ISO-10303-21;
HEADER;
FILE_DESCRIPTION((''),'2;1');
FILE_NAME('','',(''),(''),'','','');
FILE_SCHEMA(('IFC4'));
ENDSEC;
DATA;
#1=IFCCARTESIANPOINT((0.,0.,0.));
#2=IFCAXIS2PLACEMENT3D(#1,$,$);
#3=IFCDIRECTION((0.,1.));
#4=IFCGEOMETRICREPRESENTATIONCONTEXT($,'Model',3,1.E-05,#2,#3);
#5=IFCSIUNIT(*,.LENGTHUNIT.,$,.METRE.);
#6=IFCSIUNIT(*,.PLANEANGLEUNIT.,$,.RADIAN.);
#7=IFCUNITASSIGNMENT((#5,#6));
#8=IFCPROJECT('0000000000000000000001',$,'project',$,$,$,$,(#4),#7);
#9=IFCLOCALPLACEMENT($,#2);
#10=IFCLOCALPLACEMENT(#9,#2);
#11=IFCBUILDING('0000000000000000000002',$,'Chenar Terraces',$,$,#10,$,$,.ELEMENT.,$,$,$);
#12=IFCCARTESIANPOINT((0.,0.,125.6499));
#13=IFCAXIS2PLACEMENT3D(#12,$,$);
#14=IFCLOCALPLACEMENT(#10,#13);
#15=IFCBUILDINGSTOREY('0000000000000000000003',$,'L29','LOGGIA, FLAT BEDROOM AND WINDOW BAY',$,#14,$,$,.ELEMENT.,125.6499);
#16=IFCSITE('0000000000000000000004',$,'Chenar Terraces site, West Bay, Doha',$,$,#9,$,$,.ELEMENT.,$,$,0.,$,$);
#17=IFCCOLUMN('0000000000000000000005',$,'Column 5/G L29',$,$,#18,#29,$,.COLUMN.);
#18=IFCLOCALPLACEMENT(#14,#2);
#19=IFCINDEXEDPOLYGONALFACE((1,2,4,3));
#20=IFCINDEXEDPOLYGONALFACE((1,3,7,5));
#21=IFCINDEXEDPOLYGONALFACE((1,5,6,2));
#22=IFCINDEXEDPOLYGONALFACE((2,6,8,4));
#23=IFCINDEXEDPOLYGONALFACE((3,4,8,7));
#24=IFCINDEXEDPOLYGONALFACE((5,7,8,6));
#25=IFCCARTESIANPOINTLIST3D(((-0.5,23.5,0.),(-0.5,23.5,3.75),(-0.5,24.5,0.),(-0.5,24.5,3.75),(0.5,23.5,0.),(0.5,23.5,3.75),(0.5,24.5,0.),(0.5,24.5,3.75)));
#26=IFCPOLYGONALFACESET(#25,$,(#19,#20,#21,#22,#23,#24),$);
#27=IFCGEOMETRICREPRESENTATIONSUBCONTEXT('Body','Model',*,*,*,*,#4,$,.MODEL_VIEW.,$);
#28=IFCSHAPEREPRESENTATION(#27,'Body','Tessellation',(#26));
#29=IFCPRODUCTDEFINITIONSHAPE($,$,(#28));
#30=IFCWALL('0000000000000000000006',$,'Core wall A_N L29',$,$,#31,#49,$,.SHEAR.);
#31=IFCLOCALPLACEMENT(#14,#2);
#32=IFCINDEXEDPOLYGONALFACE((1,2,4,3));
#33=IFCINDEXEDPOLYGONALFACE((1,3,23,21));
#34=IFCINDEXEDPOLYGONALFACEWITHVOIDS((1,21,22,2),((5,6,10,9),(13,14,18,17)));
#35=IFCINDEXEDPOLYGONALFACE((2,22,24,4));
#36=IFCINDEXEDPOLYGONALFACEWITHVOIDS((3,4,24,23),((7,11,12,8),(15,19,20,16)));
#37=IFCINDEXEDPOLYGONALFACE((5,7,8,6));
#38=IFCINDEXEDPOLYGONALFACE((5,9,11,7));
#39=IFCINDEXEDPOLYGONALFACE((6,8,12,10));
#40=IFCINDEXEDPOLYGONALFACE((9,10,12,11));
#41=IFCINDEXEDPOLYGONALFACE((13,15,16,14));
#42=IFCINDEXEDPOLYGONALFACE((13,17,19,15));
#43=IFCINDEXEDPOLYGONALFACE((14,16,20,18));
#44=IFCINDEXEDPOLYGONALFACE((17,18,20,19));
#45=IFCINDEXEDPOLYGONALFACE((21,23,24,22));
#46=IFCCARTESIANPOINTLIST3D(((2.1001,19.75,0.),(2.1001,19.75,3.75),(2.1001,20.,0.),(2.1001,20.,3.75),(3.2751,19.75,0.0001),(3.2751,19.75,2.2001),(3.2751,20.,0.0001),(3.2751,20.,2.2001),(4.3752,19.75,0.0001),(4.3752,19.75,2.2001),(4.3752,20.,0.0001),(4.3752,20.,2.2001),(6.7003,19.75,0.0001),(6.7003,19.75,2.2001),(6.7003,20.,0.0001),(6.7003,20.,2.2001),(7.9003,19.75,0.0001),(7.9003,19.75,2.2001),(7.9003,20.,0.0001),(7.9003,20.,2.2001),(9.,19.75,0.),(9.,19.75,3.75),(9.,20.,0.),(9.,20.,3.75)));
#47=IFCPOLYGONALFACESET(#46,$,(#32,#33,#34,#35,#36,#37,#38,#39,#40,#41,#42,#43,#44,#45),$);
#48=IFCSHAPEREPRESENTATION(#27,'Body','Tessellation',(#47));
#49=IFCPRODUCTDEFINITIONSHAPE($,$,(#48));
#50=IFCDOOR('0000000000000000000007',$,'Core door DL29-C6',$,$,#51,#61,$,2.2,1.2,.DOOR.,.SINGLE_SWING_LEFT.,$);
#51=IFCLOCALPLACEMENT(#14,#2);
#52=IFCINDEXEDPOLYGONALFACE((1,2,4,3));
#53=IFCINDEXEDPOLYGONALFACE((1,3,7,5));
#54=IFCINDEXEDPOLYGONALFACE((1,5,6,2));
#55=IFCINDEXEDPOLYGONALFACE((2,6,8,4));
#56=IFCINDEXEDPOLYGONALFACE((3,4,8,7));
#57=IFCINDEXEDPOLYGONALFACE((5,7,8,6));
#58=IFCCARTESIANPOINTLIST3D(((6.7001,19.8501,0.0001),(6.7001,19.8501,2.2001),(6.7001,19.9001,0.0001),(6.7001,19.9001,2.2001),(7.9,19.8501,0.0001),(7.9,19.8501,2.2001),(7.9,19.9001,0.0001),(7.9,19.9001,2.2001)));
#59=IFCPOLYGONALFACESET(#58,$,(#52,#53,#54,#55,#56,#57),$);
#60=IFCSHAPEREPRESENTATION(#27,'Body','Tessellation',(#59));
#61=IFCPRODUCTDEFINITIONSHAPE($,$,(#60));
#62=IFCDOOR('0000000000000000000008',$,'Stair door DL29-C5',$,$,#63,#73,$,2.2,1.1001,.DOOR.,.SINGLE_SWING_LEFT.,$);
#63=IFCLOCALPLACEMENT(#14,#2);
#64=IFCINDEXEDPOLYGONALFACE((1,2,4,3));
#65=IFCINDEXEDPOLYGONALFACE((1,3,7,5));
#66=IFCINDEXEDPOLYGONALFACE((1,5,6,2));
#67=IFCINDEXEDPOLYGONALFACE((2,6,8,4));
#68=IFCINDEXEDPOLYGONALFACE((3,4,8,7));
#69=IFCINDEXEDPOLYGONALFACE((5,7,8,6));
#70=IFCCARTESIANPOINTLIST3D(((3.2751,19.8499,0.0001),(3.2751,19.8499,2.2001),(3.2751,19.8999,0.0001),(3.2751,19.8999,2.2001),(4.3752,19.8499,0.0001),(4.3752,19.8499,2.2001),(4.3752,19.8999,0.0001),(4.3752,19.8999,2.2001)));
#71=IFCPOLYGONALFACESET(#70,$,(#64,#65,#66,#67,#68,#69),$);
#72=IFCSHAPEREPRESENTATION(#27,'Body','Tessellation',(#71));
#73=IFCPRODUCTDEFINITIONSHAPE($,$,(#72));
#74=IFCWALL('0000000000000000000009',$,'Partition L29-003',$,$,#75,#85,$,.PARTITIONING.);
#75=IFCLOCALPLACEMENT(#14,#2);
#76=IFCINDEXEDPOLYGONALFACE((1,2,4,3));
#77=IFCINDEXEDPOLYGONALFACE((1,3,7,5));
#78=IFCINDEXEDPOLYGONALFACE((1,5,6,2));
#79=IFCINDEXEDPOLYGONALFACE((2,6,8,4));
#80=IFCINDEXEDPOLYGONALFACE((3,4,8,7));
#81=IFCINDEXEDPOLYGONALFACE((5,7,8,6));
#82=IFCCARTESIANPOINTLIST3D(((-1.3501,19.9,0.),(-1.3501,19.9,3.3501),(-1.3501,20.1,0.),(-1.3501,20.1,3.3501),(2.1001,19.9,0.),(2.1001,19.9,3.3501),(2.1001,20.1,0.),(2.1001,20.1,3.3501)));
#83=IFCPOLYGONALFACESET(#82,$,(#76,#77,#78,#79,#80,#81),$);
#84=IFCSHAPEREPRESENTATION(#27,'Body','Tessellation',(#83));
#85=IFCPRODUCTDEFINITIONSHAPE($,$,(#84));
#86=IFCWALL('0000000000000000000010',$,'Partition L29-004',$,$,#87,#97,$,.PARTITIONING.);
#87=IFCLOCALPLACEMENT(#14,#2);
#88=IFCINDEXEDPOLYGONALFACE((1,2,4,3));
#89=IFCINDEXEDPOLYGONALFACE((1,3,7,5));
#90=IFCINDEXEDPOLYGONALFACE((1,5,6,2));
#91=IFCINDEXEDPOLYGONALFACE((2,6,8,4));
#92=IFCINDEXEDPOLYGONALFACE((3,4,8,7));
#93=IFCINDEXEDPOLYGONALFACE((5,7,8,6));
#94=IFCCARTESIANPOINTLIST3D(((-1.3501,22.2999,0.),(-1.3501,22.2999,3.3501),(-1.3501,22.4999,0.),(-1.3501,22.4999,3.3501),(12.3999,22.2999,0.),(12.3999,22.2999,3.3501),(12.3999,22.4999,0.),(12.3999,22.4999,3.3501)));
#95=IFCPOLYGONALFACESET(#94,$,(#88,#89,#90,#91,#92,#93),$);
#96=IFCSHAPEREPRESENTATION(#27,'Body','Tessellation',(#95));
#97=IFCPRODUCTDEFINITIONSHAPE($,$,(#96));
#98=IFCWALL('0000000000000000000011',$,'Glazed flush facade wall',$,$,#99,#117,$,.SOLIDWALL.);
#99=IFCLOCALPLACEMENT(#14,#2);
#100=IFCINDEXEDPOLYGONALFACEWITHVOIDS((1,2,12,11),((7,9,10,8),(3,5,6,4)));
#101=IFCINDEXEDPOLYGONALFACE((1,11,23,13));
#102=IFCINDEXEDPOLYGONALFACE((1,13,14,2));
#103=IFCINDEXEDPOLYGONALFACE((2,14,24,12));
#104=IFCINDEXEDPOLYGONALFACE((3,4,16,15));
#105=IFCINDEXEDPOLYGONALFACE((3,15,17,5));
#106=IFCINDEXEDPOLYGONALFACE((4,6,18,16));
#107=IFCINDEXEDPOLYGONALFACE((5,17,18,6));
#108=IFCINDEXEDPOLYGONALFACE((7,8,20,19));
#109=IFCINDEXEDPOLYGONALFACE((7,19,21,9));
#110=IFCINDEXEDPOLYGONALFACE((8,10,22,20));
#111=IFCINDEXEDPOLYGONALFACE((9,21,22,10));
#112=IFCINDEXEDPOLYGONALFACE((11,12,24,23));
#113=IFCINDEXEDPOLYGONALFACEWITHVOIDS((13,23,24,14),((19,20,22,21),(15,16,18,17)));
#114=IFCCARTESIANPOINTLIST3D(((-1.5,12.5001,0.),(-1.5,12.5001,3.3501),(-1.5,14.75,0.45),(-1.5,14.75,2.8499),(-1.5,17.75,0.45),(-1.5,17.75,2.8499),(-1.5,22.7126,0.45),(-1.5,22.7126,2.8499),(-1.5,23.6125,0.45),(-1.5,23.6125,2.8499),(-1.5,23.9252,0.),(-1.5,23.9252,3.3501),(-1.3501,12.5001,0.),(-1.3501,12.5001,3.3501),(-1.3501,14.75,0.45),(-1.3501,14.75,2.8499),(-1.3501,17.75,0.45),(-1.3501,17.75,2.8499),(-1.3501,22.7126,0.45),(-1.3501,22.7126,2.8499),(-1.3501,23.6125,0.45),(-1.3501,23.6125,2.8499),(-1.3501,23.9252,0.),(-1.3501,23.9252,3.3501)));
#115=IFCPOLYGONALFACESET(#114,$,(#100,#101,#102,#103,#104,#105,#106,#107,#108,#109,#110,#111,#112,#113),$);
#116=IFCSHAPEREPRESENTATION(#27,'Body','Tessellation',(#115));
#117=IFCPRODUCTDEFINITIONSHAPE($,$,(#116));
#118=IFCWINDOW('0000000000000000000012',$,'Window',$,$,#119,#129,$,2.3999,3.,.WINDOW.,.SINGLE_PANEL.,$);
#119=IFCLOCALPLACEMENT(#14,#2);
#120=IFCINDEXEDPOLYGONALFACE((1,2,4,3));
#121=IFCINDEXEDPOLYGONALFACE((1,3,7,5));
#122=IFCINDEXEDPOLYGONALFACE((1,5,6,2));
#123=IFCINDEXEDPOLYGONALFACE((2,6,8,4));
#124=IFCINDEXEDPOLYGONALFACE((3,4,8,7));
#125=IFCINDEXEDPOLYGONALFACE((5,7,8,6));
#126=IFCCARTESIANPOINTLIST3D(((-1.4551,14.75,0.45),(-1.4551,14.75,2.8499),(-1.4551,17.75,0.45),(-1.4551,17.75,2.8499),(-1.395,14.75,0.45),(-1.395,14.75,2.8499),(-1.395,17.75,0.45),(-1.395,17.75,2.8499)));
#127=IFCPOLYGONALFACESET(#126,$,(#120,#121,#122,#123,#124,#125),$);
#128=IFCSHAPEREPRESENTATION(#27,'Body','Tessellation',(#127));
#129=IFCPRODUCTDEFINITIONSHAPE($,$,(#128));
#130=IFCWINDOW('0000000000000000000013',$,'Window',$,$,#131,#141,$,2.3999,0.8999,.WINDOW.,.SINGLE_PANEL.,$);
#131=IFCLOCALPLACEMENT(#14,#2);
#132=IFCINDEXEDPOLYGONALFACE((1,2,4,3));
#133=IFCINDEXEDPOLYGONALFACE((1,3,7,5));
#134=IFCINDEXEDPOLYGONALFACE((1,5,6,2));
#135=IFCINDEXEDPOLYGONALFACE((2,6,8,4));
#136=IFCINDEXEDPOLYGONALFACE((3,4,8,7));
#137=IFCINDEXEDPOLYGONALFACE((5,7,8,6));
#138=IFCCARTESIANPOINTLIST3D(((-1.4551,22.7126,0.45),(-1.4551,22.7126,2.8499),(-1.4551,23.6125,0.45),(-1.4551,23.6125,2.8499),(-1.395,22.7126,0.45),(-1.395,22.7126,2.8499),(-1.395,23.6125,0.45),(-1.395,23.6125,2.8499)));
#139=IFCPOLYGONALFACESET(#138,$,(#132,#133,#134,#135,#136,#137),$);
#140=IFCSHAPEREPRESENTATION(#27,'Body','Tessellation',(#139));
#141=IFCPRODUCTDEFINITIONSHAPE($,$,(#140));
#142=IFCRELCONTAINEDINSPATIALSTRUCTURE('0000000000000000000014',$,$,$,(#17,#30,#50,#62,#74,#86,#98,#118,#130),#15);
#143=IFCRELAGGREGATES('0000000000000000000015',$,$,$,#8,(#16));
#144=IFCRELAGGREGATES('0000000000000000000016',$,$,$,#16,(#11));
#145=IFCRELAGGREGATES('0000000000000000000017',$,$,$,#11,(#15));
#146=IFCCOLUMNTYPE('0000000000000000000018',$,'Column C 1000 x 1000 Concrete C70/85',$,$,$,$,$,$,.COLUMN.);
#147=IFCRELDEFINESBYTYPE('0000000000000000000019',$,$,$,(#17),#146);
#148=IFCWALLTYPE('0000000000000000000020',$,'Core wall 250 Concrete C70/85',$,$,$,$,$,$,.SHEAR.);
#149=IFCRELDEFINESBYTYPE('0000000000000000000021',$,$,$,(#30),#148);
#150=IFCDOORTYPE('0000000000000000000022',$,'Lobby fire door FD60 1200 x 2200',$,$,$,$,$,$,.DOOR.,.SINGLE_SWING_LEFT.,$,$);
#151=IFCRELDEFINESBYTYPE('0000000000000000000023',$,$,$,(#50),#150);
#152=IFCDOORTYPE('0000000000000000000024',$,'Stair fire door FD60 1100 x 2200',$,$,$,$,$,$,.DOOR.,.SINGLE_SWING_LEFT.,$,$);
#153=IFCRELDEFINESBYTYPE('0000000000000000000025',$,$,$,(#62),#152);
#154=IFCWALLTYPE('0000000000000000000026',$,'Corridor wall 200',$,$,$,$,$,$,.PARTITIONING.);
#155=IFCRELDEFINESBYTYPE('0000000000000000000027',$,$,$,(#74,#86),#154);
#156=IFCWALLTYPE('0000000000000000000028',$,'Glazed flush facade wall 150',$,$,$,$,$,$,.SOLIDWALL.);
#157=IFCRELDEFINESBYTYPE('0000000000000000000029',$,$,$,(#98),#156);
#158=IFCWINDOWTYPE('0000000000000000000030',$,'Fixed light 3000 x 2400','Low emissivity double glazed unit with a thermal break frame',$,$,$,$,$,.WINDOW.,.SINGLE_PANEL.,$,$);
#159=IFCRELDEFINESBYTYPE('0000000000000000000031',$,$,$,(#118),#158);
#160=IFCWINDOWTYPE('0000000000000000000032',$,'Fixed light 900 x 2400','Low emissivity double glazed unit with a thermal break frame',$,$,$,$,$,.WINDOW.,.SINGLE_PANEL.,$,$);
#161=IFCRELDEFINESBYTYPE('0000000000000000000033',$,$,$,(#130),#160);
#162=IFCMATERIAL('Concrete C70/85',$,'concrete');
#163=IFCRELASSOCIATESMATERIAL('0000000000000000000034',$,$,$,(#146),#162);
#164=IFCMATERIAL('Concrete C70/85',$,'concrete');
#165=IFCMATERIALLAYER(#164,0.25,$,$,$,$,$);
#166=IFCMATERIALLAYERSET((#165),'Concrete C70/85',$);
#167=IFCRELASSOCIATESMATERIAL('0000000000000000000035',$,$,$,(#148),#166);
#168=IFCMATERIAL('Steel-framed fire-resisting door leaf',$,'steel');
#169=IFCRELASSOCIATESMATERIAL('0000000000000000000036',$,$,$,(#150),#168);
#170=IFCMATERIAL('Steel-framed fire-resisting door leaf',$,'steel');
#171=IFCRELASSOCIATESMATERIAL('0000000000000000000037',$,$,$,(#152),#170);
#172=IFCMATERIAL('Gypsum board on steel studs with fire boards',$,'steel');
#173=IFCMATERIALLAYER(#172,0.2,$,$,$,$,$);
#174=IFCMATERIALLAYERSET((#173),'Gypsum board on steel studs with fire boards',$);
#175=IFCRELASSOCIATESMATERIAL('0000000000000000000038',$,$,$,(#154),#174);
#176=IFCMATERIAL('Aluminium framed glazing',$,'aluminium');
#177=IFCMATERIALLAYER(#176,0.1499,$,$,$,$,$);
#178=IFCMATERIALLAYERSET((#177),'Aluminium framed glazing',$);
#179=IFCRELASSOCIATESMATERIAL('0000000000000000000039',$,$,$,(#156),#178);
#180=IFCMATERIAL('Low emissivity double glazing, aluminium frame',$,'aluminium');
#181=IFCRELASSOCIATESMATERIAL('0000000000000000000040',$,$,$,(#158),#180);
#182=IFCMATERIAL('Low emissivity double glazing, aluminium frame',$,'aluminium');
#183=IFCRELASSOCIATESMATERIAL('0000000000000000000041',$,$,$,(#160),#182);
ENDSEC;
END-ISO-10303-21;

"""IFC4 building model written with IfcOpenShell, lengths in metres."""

from ifc_helpers import new_model, si_unit, direction, frame, frame_2d, origin, origin_2d, place, context, subcontext, project, spatial, rectangle, extrude, material, layer, layer_set, material_profile, profile_set, type_object, element, fill, save


model = new_model("IFC4")

# Units and contexts
model_context = context("Model", 3, precision=1e-05, world=origin(), true_north=direction((0.0, 1.0)))
body_context = subcontext(model_context, "Body", "Model", "MODEL_VIEW")
ifc_project = project(units=[si_unit("LENGTHUNIT", "METRE"), si_unit("PLANEANGLEUNIT", "RADIAN")], contexts=[model_context])

# Site, building, storey
site_placement = place(None, origin())
site = spatial("IfcSite", under=ifc_project, at=site_placement, Name="Chenar Terraces site, West Bay, Doha", CompositionType="ELEMENT", RefElevation=0.0)
building_placement = place(site_placement, origin())
building = spatial("IfcBuilding", under=site, at=building_placement, Name="Chenar Terraces", CompositionType="ELEMENT")
storey_placement = place(building_placement, frame((0.0, 0.0, 125.6499)))
storey = spatial("IfcBuildingStorey", under=building, at=storey_placement, Name="L29", Description="LOGGIA, FLAT BEDROOM AND WINDOW BAY", CompositionType="ELEMENT", Elevation=125.6499)

# Column
ifc_material_1 = material(Name="Concrete C70/85", Category="concrete")
ifc_material_profile = material_profile(ifc_material_1, rectangle(XDim=1.0, YDim=1.0, at=origin_2d()), Name="C 1000 x 1000")
ifc_profile_set = profile_set([ifc_material_profile], Name="Concrete C70/85")
column_type = type_object("IfcColumnType", Name="Column C 1000 x 1000 Concrete C70/85", PredefinedType="COLUMN", material=ifc_profile_set)
column_placement = place(storey_placement, frame((0.0, 24.0, 0.0), z_axis=(0.0, 0.0, 1.0), x_axis=(1.0, 0.0, 0.0)))
element("IfcColumn", 1, at=column_placement, inside=storey, type_object=column_type, Name="Column 5/G L29", PredefinedType="COLUMN", context=body_context, shape_type="SweptSolid", body=[
    extrude(rectangle(XDim=1.0, YDim=1.0, at=origin_2d()), origin(), (0.0, 0.0, 1.0), 3.75),
])

# Wall, openings, doors
ifc_material_2 = material(Name="Concrete C70/85", Category="concrete")
ifc_layer_1 = layer(ifc_material_2, 0.25)
ifc_layer_set_1 = layer_set([ifc_layer_1], Name="Concrete C70/85")
wall_type_1 = type_object("IfcWallType", Name="Core wall 250 Concrete C70/85", PredefinedType="SHEAR", material=ifc_layer_set_1)
wall_1_placement = place(storey_placement, frame((2.1001, 19.875, 0.0), z_axis=(0.0, 0.0, 1.0), x_axis=(1.0, 0.0, 0.0)))
wall_1 = element("IfcWall", 2, at=wall_1_placement, inside=storey, type_object=wall_type_1, Name="Core wall A_N L29", PredefinedType="SHEAR", context=body_context, shape_type="SweptSolid", body=[
    extrude(rectangle(XDim=6.8999, YDim=0.25, at=frame_2d((3.45, 0.0))), origin(), (0.0, 0.0, 1.0), 3.75),
])
opening_1_placement = place(wall_1_placement, frame((1.175, 0.0, 0.0)))
opening_1 = element("IfcOpeningElement", 3, at=opening_1_placement, cuts=wall_1, PredefinedType="OPENING", context=body_context, shape_type="SweptSolid", body=[
    extrude(rectangle(XDim=1.1001, YDim=2.2, at=frame_2d((0.55, 1.1001))), frame((0.0, 0.135, 0.0), z_axis=(0.0, -1.0, 0.0), x_axis=(1.0, 0.0, 0.0)), (0.0, 0.0, 1.0), 0.27),
])
opening_2_placement = place(wall_1_placement, frame((4.6001, 0.0, 0.0)))
opening_2 = element("IfcOpeningElement", 4, at=opening_2_placement, cuts=wall_1, PredefinedType="OPENING", context=body_context, shape_type="SweptSolid", body=[
    extrude(rectangle(XDim=1.2, YDim=2.2, at=frame_2d((0.6001, 1.1001))), frame((0.0, 0.135, 0.0), z_axis=(0.0, -1.0, 0.0), x_axis=(1.0, 0.0, 0.0)), (0.0, 0.0, 1.0), 0.27),
])
ifc_material_3 = material(Name="Steel-framed fire-resisting door leaf", Category="steel")
door_type_1 = type_object("IfcDoorType", Name="Lobby fire door FD60 1200 x 2200", OperationType="SINGLE_SWING_LEFT", PredefinedType="DOOR", material=ifc_material_3)
door_1_placement = place(opening_2_placement, frame((1.2, 0.0, 0.0), z_axis=(0.0, 0.0, 1.0), x_axis=(-1.0, 0.0, 0.0)))
door_1 = element("IfcDoor", 5, at=door_1_placement, inside=storey, type_object=door_type_1, Name="Core door DL29-C6", OperationType="SINGLE_SWING_LEFT", OverallHeight=2.2, OverallWidth=1.2, PredefinedType="DOOR", context=body_context, shape_type="SweptSolid", body=[
    extrude(rectangle(XDim=1.2, YDim=2.2, at=frame_2d((0.6001, 1.1001))), frame((0.0, 0.0249, 0.0), z_axis=(0.0, -1.0, 0.0), x_axis=(1.0, 0.0, 0.0)), (0.0, 0.0, 1.0), 0.05),
])
fill(opening_2, door_1)
ifc_material_4 = material(Name="Steel-framed fire-resisting door leaf", Category="steel")
door_type_2 = type_object("IfcDoorType", Name="Stair fire door FD60 1100 x 2200", OperationType="SINGLE_SWING_LEFT", PredefinedType="DOOR", material=ifc_material_4)
door_2_placement = place(opening_1_placement, origin())
door_2 = element("IfcDoor", 6, at=door_2_placement, inside=storey, type_object=door_type_2, Name="Stair door DL29-C5", OperationType="SINGLE_SWING_LEFT", OverallHeight=2.2, OverallWidth=1.1001, PredefinedType="DOOR", context=body_context, shape_type="SweptSolid", body=[
    extrude(rectangle(XDim=1.1001, YDim=2.2, at=frame_2d((0.55, 1.1001))), frame((0.0, 0.0249, 0.0), z_axis=(0.0, -1.0, 0.0), x_axis=(1.0, 0.0, 0.0)), (0.0, 0.0, 1.0), 0.05),
])
fill(opening_1, door_2)

# Walls
ifc_material_5 = material(Name="Gypsum board on steel studs with fire boards", Category="steel")
ifc_layer_2 = layer(ifc_material_5, 0.2)
ifc_layer_set_2 = layer_set([ifc_layer_2], Name="Gypsum board on steel studs with fire boards")
wall_type_2 = type_object("IfcWallType", Name="Corridor wall 200", PredefinedType="PARTITIONING", material=ifc_layer_set_2)
wall_2_placement = place(storey_placement, frame((-1.3501, 20.0, 0.0), z_axis=(0.0, 0.0, 1.0), x_axis=(1.0, 0.0, 0.0)))
element("IfcWall", 7, at=wall_2_placement, inside=storey, type_object=wall_type_2, Name="Partition L29-003", PredefinedType="PARTITIONING", context=body_context, shape_type="SweptSolid", body=[
    extrude(rectangle(XDim=3.4502, YDim=0.2, at=frame_2d((1.7251, 0.0))), origin(), (0.0, 0.0, 1.0), 3.3501),
])
wall_3_placement = place(storey_placement, frame((-1.3501, 22.3999, 0.0), z_axis=(0.0, 0.0, 1.0), x_axis=(1.0, 0.0, 0.0)))
element("IfcWall", 8, at=wall_3_placement, inside=storey, type_object=wall_type_2, Name="Partition L29-004", PredefinedType="PARTITIONING", context=body_context, shape_type="SweptSolid", body=[
    extrude(rectangle(XDim=13.75, YDim=0.2, at=frame_2d((6.875, 0.0))), origin(), (0.0, 0.0, 1.0), 3.3501),
])

# Wall, openings, windows
ifc_material_6 = material(Name="Aluminium framed glazing", Category="aluminium")
ifc_layer_3 = layer(ifc_material_6, 0.1499)
ifc_layer_set_3 = layer_set([ifc_layer_3], Name="Aluminium framed glazing")
wall_type_3 = type_object("IfcWallType", Name="Glazed flush facade wall 150", PredefinedType="SOLIDWALL", material=ifc_layer_set_3)
wall_4_placement = place(storey_placement, frame((-1.425, 23.925, 0.0), z_axis=(0.0, 0.0, 1.0), x_axis=(0.0, -1.0, 0.0)))
wall_4 = element("IfcWall", 9, at=wall_4_placement, inside=storey, type_object=wall_type_3, Name="Glazed flush facade wall", PredefinedType="SOLIDWALL", context=body_context, shape_type="SweptSolid", body=[
    extrude(rectangle(XDim=11.425, YDim=0.1499, at=frame_2d((5.7124, 0.0))), origin(), (0.0, 0.0, 1.0), 3.3501),
])
opening_3_placement = place(wall_4_placement, frame((0.3125, 0.0, 0.45)))
opening_3 = element("IfcOpeningElement", 10, at=opening_3_placement, cuts=wall_4, PredefinedType="OPENING", context=body_context, shape_type="SweptSolid", body=[
    extrude(rectangle(XDim=0.8999, YDim=2.3999, at=frame_2d((0.45, 1.2))), frame((0.0, 0.085, 0.0), z_axis=(0.0, -1.0, 0.0), x_axis=(1.0, 0.0, 0.0)), (0.0, 0.0, 1.0), 0.1699),
])
opening_4_placement = place(wall_4_placement, frame((6.175, 0.0, 0.45)))
opening_4 = element("IfcOpeningElement", 11, at=opening_4_placement, cuts=wall_4, PredefinedType="OPENING", context=body_context, shape_type="SweptSolid", body=[
    extrude(rectangle(XDim=3.0, YDim=2.3999, at=frame_2d((1.5, 1.2))), frame((0.0, 0.085, 0.0), z_axis=(0.0, -1.0, 0.0), x_axis=(1.0, 0.0, 0.0)), (0.0, 0.0, 1.0), 0.1699),
])
ifc_material_7 = material(Name="Low emissivity double glazing, aluminium frame", Category="aluminium")
window_type_1 = type_object("IfcWindowType", Name="Fixed light 3000 x 2400", Description="Low emissivity double glazed unit with a thermal break frame", PartitioningType="SINGLE_PANEL", PredefinedType="WINDOW", material=ifc_material_7)
window_1_placement = place(opening_4_placement, origin())
window_1 = element("IfcWindow", 12, at=window_1_placement, inside=storey, type_object=window_type_1, Name="Window", OverallHeight=2.3999, OverallWidth=3.0, PartitioningType="SINGLE_PANEL", PredefinedType="WINDOW", context=body_context, shape_type="SweptSolid", body=[
    extrude(rectangle(XDim=3.0, YDim=2.3999, at=frame_2d((1.5, 1.2))), frame((0.0, 0.03, 0.0), z_axis=(0.0, -1.0, 0.0), x_axis=(1.0, 0.0, 0.0)), (0.0, 0.0, 1.0), 0.0601),
])
fill(opening_4, window_1)
ifc_material_8 = material(Name="Low emissivity double glazing, aluminium frame", Category="aluminium")
window_type_2 = type_object("IfcWindowType", Name="Fixed light 900 x 2400", Description="Low emissivity double glazed unit with a thermal break frame", PartitioningType="SINGLE_PANEL", PredefinedType="WINDOW", material=ifc_material_8)
window_2_placement = place(opening_3_placement, origin())
window_2 = element("IfcWindow", 13, at=window_2_placement, inside=storey, type_object=window_type_2, Name="Window", OverallHeight=2.3999, OverallWidth=0.8999, PartitioningType="SINGLE_PANEL", PredefinedType="WINDOW", context=body_context, shape_type="SweptSolid", body=[
    extrude(rectangle(XDim=0.8999, YDim=2.3999, at=frame_2d((0.45, 1.2))), frame((0.0, 0.03, 0.0), z_axis=(0.0, -1.0, 0.0), x_axis=(1.0, 0.0, 0.0)), (0.0, 0.0, 1.0), 0.0601),
])
fill(opening_3, window_2)

save(model, "model.ifc")
